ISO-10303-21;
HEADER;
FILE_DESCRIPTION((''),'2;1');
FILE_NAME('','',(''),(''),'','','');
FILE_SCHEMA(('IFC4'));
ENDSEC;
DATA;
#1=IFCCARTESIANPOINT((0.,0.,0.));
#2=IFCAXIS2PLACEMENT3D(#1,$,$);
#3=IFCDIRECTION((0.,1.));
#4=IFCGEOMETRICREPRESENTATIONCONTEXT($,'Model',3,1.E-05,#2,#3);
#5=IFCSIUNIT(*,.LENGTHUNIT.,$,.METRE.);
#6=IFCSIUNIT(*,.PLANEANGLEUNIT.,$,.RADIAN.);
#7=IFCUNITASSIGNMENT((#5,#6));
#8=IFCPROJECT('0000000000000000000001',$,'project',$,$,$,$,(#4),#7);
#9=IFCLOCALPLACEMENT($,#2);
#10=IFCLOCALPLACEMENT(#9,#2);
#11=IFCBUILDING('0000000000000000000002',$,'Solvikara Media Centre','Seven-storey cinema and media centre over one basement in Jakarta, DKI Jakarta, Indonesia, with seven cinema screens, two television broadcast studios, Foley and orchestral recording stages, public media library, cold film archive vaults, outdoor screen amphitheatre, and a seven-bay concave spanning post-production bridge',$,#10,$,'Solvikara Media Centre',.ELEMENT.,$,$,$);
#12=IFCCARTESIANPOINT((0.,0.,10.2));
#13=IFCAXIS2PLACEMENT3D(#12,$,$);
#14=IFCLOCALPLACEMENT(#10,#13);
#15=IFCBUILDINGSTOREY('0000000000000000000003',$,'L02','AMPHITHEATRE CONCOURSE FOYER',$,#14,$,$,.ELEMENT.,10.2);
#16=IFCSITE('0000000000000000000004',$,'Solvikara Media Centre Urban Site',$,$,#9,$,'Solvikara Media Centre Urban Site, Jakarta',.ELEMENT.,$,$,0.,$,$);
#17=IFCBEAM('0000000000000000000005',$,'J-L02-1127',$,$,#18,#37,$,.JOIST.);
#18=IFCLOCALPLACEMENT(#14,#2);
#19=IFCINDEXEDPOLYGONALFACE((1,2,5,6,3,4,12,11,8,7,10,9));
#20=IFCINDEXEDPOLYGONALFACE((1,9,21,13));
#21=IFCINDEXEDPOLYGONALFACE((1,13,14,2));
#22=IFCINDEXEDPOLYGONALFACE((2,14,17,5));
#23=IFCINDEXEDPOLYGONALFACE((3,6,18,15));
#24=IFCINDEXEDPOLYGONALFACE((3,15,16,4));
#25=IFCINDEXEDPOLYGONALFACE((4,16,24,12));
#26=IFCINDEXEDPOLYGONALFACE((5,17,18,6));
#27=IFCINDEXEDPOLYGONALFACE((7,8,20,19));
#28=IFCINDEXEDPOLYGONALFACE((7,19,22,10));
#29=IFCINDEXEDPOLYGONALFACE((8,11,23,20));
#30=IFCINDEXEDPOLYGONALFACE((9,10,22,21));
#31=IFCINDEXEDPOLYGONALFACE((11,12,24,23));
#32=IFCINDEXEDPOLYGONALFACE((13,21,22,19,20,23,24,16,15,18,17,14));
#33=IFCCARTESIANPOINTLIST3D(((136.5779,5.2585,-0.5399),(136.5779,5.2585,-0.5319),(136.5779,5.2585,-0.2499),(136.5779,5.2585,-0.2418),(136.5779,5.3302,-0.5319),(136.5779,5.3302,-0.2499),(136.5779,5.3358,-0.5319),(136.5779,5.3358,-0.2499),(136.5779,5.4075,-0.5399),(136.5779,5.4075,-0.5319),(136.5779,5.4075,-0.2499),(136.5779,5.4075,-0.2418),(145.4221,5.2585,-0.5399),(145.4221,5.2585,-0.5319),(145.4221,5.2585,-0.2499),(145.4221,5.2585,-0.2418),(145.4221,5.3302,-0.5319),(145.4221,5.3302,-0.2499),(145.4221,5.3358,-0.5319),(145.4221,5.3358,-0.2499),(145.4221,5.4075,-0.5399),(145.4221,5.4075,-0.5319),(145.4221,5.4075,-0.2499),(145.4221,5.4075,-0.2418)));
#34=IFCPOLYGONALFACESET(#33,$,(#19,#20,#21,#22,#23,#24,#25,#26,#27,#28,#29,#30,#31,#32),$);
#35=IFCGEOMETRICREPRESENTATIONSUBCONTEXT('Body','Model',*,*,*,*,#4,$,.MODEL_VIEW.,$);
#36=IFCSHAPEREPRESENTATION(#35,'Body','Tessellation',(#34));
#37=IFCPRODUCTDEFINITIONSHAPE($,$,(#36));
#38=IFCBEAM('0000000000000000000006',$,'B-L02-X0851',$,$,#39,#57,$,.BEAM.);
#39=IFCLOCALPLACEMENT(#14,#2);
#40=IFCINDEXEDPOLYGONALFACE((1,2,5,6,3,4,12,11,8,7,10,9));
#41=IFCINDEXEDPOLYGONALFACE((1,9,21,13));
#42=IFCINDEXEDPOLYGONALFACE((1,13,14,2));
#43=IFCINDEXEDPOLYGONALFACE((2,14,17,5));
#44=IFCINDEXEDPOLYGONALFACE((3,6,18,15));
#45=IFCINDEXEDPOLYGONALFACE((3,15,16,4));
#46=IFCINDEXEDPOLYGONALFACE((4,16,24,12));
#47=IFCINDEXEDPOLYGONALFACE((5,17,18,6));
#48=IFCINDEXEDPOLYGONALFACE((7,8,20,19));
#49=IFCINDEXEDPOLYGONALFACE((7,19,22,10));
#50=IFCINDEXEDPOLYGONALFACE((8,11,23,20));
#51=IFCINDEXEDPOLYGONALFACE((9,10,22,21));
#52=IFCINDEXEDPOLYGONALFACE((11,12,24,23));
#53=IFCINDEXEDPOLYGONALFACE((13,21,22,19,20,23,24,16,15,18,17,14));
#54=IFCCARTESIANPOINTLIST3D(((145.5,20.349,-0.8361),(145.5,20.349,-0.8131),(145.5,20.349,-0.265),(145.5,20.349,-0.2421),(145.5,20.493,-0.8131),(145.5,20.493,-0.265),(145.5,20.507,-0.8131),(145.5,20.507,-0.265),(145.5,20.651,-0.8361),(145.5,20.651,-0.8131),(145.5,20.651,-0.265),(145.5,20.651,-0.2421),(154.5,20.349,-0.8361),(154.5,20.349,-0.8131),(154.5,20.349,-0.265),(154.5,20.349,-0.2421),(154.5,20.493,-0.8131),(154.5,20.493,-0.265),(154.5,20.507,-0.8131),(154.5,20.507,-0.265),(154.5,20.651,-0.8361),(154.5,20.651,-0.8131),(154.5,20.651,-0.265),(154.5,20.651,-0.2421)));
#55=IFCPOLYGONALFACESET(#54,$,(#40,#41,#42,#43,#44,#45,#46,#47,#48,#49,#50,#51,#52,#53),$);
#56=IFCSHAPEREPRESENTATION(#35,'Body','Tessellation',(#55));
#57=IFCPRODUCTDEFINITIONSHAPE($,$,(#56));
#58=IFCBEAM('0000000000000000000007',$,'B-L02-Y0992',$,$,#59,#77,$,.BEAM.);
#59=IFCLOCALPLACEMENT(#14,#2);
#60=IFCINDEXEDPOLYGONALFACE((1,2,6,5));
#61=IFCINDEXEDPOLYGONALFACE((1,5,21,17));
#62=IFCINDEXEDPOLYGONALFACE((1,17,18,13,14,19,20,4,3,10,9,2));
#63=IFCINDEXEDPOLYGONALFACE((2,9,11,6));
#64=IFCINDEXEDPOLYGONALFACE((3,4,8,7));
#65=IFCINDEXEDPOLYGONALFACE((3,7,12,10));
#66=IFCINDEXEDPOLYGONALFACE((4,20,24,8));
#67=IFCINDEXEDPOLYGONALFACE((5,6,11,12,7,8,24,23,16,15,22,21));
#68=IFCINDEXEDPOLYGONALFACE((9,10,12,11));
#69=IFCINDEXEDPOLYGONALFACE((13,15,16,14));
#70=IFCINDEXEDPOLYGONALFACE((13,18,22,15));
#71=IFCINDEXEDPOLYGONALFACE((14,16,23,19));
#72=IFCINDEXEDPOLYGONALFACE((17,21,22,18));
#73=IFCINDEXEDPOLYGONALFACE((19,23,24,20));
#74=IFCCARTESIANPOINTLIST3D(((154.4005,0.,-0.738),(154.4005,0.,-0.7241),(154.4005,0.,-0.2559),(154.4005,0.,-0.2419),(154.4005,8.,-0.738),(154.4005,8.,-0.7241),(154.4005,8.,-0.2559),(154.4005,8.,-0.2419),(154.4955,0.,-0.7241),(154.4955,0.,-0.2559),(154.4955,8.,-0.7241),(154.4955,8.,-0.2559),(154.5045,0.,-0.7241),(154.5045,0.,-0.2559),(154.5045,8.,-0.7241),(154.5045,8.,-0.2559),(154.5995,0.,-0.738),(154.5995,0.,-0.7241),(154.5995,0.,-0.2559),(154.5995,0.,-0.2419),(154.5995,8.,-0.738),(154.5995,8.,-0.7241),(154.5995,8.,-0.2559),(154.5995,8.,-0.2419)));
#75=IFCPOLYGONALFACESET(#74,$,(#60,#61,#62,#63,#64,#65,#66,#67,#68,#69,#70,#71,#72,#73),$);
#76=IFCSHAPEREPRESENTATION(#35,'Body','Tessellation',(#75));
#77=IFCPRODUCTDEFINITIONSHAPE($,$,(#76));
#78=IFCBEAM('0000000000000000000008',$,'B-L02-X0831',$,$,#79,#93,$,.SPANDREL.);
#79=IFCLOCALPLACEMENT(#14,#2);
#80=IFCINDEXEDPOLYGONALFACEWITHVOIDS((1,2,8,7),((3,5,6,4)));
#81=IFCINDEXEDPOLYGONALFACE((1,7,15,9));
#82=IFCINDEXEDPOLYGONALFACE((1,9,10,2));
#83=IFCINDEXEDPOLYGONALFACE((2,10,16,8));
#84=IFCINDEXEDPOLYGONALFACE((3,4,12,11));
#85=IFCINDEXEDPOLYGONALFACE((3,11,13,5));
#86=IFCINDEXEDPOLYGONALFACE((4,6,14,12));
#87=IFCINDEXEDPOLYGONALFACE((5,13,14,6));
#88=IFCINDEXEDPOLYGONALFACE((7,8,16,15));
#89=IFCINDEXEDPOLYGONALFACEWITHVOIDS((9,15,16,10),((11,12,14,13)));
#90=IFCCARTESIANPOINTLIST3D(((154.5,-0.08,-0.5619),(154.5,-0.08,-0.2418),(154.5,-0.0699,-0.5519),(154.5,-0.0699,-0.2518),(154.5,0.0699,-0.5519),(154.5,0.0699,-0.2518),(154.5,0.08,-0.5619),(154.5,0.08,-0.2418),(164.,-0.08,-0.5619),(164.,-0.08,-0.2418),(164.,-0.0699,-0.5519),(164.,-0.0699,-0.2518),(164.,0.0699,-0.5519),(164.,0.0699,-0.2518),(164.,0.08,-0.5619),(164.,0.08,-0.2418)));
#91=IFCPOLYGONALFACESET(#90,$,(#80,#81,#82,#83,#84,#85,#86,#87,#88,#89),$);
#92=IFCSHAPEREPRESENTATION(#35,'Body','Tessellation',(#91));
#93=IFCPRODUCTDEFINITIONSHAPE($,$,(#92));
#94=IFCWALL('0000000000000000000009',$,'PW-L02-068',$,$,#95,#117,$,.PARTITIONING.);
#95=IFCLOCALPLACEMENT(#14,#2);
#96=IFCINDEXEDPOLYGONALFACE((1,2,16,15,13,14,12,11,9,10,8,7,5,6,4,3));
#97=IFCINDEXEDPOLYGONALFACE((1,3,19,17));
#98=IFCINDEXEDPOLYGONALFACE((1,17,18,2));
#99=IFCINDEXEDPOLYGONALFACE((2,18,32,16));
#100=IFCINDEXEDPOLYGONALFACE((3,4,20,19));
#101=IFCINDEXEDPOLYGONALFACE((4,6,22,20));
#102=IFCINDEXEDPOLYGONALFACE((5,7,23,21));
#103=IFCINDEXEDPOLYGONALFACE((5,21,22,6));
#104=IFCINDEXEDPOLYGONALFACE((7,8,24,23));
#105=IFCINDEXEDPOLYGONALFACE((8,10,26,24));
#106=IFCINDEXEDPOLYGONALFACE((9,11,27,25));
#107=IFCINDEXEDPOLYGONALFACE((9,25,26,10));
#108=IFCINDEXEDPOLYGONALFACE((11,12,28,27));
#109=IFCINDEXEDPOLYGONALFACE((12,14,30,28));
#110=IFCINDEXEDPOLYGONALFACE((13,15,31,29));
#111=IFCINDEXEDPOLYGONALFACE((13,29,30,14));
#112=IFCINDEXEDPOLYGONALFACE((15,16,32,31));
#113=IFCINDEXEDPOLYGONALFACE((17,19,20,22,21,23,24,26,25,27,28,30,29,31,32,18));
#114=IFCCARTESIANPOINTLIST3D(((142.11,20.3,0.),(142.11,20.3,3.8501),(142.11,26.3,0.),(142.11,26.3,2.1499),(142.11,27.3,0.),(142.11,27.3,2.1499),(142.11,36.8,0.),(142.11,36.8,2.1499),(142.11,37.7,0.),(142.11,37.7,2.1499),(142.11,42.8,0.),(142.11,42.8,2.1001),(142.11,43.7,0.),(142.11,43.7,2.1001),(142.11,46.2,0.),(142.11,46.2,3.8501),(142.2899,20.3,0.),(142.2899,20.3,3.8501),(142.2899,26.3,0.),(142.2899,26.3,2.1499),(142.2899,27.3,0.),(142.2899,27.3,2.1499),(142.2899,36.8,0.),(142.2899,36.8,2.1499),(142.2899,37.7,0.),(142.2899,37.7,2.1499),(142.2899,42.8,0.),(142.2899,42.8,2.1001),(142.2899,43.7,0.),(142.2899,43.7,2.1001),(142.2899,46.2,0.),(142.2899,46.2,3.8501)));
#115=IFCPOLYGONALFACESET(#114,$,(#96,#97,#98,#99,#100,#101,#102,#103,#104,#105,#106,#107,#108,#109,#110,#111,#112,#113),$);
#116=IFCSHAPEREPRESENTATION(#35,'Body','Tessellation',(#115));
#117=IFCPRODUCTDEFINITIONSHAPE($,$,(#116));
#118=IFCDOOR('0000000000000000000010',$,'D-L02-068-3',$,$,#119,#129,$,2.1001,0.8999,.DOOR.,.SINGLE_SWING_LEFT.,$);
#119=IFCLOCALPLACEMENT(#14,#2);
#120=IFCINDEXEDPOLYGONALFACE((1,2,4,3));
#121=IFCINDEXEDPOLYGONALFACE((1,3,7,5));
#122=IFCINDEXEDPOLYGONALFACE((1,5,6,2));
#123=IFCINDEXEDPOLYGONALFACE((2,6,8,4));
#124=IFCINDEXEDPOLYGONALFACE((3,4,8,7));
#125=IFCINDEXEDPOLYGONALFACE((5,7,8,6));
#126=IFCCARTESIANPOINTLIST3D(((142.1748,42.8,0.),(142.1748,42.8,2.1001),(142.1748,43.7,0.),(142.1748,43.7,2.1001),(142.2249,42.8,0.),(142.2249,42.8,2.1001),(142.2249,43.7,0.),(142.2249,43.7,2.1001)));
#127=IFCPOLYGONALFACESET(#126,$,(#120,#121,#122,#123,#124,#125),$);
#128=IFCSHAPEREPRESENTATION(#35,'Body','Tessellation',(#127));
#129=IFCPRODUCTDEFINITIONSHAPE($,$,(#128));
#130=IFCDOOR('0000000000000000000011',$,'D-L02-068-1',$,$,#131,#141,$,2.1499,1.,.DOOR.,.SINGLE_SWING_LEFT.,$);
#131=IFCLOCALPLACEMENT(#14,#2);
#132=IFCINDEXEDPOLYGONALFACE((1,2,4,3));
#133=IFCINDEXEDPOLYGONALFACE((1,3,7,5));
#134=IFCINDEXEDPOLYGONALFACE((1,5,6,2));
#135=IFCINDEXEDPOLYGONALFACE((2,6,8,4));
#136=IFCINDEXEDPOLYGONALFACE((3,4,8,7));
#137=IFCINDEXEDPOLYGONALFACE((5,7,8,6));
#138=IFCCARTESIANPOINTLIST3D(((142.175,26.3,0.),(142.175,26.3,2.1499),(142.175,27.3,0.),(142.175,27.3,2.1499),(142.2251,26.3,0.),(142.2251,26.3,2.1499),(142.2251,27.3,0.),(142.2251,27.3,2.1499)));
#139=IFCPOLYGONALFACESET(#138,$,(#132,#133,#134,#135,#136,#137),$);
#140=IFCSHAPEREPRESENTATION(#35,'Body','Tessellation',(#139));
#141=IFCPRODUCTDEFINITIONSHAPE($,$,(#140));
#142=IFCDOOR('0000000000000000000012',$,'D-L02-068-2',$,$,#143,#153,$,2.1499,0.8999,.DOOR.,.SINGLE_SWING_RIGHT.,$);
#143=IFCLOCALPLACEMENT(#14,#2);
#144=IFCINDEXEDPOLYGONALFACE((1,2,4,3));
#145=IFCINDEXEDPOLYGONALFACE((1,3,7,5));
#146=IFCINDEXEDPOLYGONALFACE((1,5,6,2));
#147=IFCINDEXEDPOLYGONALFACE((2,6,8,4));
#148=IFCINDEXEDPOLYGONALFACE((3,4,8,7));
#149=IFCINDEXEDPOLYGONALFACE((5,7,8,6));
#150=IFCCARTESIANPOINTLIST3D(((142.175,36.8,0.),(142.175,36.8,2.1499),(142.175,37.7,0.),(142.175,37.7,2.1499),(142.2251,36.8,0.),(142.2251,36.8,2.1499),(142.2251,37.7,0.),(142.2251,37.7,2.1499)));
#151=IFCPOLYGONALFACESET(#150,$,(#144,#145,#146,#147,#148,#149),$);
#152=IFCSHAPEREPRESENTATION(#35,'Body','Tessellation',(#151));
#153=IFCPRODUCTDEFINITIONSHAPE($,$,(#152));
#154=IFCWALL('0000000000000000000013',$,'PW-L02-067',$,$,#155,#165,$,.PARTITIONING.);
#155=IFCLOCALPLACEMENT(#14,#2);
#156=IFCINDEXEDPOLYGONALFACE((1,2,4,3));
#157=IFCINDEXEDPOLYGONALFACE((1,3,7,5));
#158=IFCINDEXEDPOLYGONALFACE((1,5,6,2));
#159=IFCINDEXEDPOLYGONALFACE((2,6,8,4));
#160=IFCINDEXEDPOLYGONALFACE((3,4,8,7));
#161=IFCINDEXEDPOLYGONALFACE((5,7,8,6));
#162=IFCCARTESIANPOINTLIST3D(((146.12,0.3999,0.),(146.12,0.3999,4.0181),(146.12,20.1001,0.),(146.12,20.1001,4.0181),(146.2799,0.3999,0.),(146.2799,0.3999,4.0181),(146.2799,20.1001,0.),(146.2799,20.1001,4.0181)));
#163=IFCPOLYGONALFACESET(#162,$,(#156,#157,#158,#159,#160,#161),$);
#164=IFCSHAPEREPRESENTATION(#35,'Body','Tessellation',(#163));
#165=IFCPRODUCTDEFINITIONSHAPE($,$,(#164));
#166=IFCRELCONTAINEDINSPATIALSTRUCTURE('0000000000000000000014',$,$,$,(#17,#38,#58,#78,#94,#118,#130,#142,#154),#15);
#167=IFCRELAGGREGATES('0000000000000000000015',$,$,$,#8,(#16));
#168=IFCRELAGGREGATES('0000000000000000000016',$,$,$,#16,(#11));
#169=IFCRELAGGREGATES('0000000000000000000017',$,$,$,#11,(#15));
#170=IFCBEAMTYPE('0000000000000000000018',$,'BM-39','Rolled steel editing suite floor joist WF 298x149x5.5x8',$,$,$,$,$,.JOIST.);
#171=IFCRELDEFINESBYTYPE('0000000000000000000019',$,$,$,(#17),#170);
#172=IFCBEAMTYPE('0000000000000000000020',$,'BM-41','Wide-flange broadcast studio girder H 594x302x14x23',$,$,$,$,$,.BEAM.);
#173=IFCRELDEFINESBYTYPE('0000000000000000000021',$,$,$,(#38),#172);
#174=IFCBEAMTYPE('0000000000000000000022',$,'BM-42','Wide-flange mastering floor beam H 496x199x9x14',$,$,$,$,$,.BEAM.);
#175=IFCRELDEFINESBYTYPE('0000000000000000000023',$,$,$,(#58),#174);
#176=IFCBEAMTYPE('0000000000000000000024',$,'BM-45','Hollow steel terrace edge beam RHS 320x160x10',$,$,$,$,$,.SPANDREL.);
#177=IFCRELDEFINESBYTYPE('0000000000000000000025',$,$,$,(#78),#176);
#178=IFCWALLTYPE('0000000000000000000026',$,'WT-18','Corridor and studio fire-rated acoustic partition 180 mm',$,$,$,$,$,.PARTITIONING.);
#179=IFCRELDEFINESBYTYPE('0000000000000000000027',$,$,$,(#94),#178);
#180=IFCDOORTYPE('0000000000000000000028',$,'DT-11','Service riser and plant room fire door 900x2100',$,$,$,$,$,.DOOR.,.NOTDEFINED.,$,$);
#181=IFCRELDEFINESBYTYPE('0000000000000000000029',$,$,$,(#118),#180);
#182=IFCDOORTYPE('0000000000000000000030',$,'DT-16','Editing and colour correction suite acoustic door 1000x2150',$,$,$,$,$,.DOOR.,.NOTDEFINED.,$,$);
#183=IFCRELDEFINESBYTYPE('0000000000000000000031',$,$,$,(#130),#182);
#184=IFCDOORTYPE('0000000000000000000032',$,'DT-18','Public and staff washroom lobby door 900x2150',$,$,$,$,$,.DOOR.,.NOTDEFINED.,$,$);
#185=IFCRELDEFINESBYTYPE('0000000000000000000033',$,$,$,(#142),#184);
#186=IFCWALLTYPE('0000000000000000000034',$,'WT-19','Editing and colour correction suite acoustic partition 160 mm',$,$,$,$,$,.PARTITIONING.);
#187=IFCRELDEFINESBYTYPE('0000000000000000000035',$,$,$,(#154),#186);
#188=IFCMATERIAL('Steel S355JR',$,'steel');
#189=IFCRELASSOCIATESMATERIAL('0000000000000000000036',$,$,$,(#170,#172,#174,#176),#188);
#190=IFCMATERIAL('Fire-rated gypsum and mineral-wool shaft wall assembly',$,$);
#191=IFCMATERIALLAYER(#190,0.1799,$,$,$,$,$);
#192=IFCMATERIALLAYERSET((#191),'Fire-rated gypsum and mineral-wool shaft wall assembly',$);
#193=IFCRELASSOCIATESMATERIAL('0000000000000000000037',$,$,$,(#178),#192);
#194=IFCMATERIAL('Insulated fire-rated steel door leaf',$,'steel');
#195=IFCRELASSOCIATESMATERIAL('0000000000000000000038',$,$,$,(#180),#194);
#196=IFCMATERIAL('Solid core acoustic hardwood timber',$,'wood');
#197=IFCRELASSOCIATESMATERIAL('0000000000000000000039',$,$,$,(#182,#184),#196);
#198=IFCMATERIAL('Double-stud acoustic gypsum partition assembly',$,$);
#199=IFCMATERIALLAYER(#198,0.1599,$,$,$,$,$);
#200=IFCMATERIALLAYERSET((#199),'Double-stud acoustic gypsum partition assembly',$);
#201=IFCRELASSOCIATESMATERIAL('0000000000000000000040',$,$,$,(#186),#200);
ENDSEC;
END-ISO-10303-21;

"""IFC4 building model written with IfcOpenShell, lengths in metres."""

from ifc_helpers import new_model, si_unit, direction, frame, frame_2d, origin, origin_2d, place, context, subcontext, project, spatial, rectangle, hollow_rectangle, i_section, extrude, material, layer, layer_set, material_profile, profile_set, type_object, element, fill, save


model = new_model("IFC4")

# Units and contexts
model_context = context("Model", 3, precision=1e-05, world=origin(), true_north=direction((0.0, 1.0)))
body_context = subcontext(model_context, "Body", "Model", "MODEL_VIEW")
ifc_project = project(units=[si_unit("LENGTHUNIT", "METRE"), si_unit("PLANEANGLEUNIT", "RADIAN")], contexts=[model_context])

# Site, building, storey
site_placement = place(None, origin())
site = spatial("IfcSite", under=ifc_project, at=site_placement, Name="Solvikara Media Centre Urban Site", LongName="Solvikara Media Centre Urban Site, Jakarta", CompositionType="ELEMENT", RefElevation=0.0)
building_placement = place(site_placement, origin())
building = spatial("IfcBuilding", under=site, at=building_placement, Name="Solvikara Media Centre", Description="Seven-storey cinema and media centre over one basement in Jakarta, DKI Jakarta, Indonesia, with seven cinema screens, two television broadcast studios, Foley and orchestral recording stages, public media library, cold film archive vaults, outdoor screen amphitheatre, and a seven-bay concave spanning post-production bridge", LongName="Solvikara Media Centre", CompositionType="ELEMENT")
storey_placement = place(building_placement, frame((0.0, 0.0, 10.2)))
storey = spatial("IfcBuildingStorey", under=building, at=storey_placement, Name="L02", Description="AMPHITHEATRE CONCOURSE FOYER", CompositionType="ELEMENT", Elevation=10.2)

# Shared definitions
ifc_material_1 = material(Name="Steel S355JR", Category="steel")

# Beams
ifc_material_profile_1 = material_profile(ifc_material_1, i_section(OverallWidth=0.1489, OverallDepth=0.2981, WebThickness=0.0056, FlangeThickness=0.0081, at=origin_2d()), Name="WF 298x149x5.5x8")
ifc_profile_set_1 = profile_set([ifc_material_profile_1], Name="Steel S355JR")
beam_type_1 = type_object("IfcBeamType", Name="BM-39", Description="Rolled steel editing suite floor joist WF 298x149x5.5x8", PredefinedType="JOIST", material=ifc_profile_set_1)
beam_1_placement = place(storey_placement, frame((136.5779, 5.333, -0.3909), z_axis=(1.0, 0.0, 0.0), x_axis=(0.0, 1.0, 0.0)))
element("IfcBeam", 1, at=beam_1_placement, inside=storey, type_object=beam_type_1, Name="J-L02-1127", PredefinedType="JOIST", context=body_context, shape_type="SweptSolid", body=[
    extrude(i_section(OverallWidth=0.1489, OverallDepth=0.2981, WebThickness=0.0056, FlangeThickness=0.0081, at=origin_2d()), origin(), (0.0, 0.0, 1.0), 8.8442),
])
ifc_material_profile_2 = material_profile(ifc_material_1, i_section(OverallWidth=0.302, OverallDepth=0.594, WebThickness=0.0139, FlangeThickness=0.0229, at=origin_2d()), Name="H 594x302x14x23")
ifc_profile_set_2 = profile_set([ifc_material_profile_2], Name="Steel S355JR")
beam_type_2 = type_object("IfcBeamType", Name="BM-41", Description="Wide-flange broadcast studio girder H 594x302x14x23", PredefinedType="BEAM", material=ifc_profile_set_2)
beam_2_placement = place(storey_placement, frame((145.5, 20.5, -0.5391), z_axis=(1.0, 0.0, 0.0), x_axis=(0.0, 1.0, 0.0)))
element("IfcBeam", 2, at=beam_2_placement, inside=storey, type_object=beam_type_2, Name="B-L02-X0851", PredefinedType="BEAM", context=body_context, shape_type="SweptSolid", body=[
    extrude(i_section(OverallWidth=0.302, OverallDepth=0.594, WebThickness=0.0139, FlangeThickness=0.0229, at=origin_2d()), origin(), (0.0, 0.0, 1.0), 9.0),
])
ifc_material_profile_3 = material_profile(ifc_material_1, i_section(OverallWidth=0.199, OverallDepth=0.4961, WebThickness=0.009, FlangeThickness=0.0139, at=origin_2d()), Name="H 496x199x9x14")
ifc_profile_set_3 = profile_set([ifc_material_profile_3], Name="Steel S355JR")
beam_type_3 = type_object("IfcBeamType", Name="BM-42", Description="Wide-flange mastering floor beam H 496x199x9x14", PredefinedType="BEAM", material=ifc_profile_set_3)
beam_3_placement = place(storey_placement, frame((154.5, 0.0, -0.49), z_axis=(0.0, 1.0, 0.0), x_axis=(-1.0, 0.0, 0.0)))
element("IfcBeam", 3, at=beam_3_placement, inside=storey, type_object=beam_type_3, Name="B-L02-Y0992", PredefinedType="BEAM", context=body_context, shape_type="SweptSolid", body=[
    extrude(i_section(OverallWidth=0.199, OverallDepth=0.4961, WebThickness=0.009, FlangeThickness=0.0139, at=origin_2d()), origin(), (0.0, 0.0, 1.0), 8.0),
])
ifc_material_profile_4 = material_profile(ifc_material_1, hollow_rectangle(XDim=0.1599, YDim=0.3201, WallThickness=0.01, at=origin_2d()), Name="RHS 320x160x10")
ifc_profile_set_4 = profile_set([ifc_material_profile_4], Name="Steel S355JR")
beam_type_4 = type_object("IfcBeamType", Name="BM-45", Description="Hollow steel terrace edge beam RHS 320x160x10", PredefinedType="SPANDREL", material=ifc_profile_set_4)
beam_4_placement = place(storey_placement, frame((154.5, 0.0, -0.4019), z_axis=(1.0, 0.0, 0.0), x_axis=(0.0, 1.0, 0.0)))
element("IfcBeam", 4, at=beam_4_placement, inside=storey, type_object=beam_type_4, Name="B-L02-X0831", PredefinedType="SPANDREL", context=body_context, shape_type="SweptSolid", body=[
    extrude(hollow_rectangle(XDim=0.1599, YDim=0.3201, WallThickness=0.01, at=origin_2d()), origin(), (0.0, 0.0, 1.0), 9.5),
])

# Wall, openings, doors
ifc_material_2 = material(Name="Fire-rated gypsum and mineral-wool shaft wall assembly")
ifc_layer_1 = layer(ifc_material_2, 0.1799)
ifc_layer_set_1 = layer_set([ifc_layer_1], Name="Fire-rated gypsum and mineral-wool shaft wall assembly")
wall_type_1 = type_object("IfcWallType", Name="WT-18", Description="Corridor and studio fire-rated acoustic partition 180 mm", PredefinedType="PARTITIONING", material=ifc_layer_set_1)
wall_1_placement = place(storey_placement, frame((142.2, 20.3, 0.0), z_axis=(0.0, 0.0, 1.0), x_axis=(0.0, 1.0, 0.0)))
wall_1 = element("IfcWall", 5, at=wall_1_placement, inside=storey, type_object=wall_type_1, Name="PW-L02-068", PredefinedType="PARTITIONING", context=body_context, shape_type="SweptSolid", body=[
    extrude(rectangle(XDim=25.8999, YDim=0.1799, at=frame_2d((12.95, 0.0))), origin(), (0.0, 0.0, 1.0), 3.8501),
])
opening_1_placement = place(wall_1_placement, frame((6.0, 0.0, 0.0)))
opening_1 = element("IfcOpeningElement", 6, at=opening_1_placement, cuts=wall_1, PredefinedType="OPENING", context=body_context, shape_type="SweptSolid", body=[
    extrude(rectangle(XDim=1.0, YDim=2.1499, at=frame_2d((0.5, 1.075))), frame((0.0, 0.1021, 0.0), z_axis=(0.0, -1.0, 0.0), x_axis=(1.0, 0.0, 0.0)), (0.0, 0.0, 1.0), 0.2039),
])
opening_2_placement = place(wall_1_placement, frame((16.5, 0.0, 0.0)))
opening_2 = element("IfcOpeningElement", 7, at=opening_2_placement, cuts=wall_1, PredefinedType="OPENING", context=body_context, shape_type="SweptSolid", body=[
    extrude(rectangle(XDim=0.8999, YDim=2.1499, at=frame_2d((0.45, 1.075))), frame((0.0, 0.1021, 0.0), z_axis=(0.0, -1.0, 0.0), x_axis=(1.0, 0.0, 0.0)), (0.0, 0.0, 1.0), 0.2039),
])
opening_3_placement = place(wall_1_placement, frame((22.5, 0.0, 0.0)))
opening_3 = element("IfcOpeningElement", 8, at=opening_3_placement, cuts=wall_1, PredefinedType="OPENING", context=body_context, shape_type="SweptSolid", body=[
    extrude(rectangle(XDim=0.8999, YDim=2.1001, at=frame_2d((0.45, 1.05))), frame((0.0, 0.1021, 0.0), z_axis=(0.0, -1.0, 0.0), x_axis=(1.0, 0.0, 0.0)), (0.0, 0.0, 1.0), 0.2039),
])
ifc_material_3 = material(Name="Insulated fire-rated steel door leaf", Category="steel")
door_type_1 = type_object("IfcDoorType", Name="DT-11", Description="Service riser and plant room fire door 900x2100", OperationType="NOTDEFINED", PredefinedType="DOOR", material=ifc_material_3)
door_1_placement = place(opening_3_placement, frame((0.8999, 0.0, 0.0), z_axis=(0.0, 0.0, 1.0), x_axis=(-1.0, 0.0, 0.0)))
door_1 = element("IfcDoor", 9, at=door_1_placement, inside=storey, type_object=door_type_1, Name="D-L02-068-3", OperationType="SINGLE_SWING_LEFT", OverallHeight=2.1001, OverallWidth=0.8999, PredefinedType="DOOR", context=body_context, shape_type="SweptSolid", body=[
    extrude(rectangle(XDim=0.8999, YDim=2.1001, at=frame_2d((0.45, 1.05))), frame((0.0, 0.0249, 0.0), z_axis=(0.0, -1.0, 0.0), x_axis=(1.0, 0.0, 0.0)), (0.0, 0.0, 1.0), 0.05),
])
fill(opening_3, door_1)
ifc_material_4 = material(Name="Solid core acoustic hardwood timber", Category="wood")
door_type_2 = type_object("IfcDoorType", Name="DT-16", Description="Editing and colour correction suite acoustic door 1000x2150", OperationType="NOTDEFINED", PredefinedType="DOOR", material=ifc_material_4)
door_2_placement = place(opening_1_placement, origin())
door_2 = element("IfcDoor", 10, at=door_2_placement, inside=storey, type_object=door_type_2, Name="D-L02-068-1", OperationType="SINGLE_SWING_LEFT", OverallHeight=2.1499, OverallWidth=1.0, PredefinedType="DOOR", context=body_context, shape_type="SweptSolid", body=[
    extrude(rectangle(XDim=1.0, YDim=2.1499, at=frame_2d((0.5, 1.075))), frame((0.0, 0.0249, 0.0), z_axis=(0.0, -1.0, 0.0), x_axis=(1.0, 0.0, 0.0)), (0.0, 0.0, 1.0), 0.05),
])
fill(opening_1, door_2)
door_type_3 = type_object("IfcDoorType", Name="DT-18", Description="Public and staff washroom lobby door 900x2150", OperationType="NOTDEFINED", PredefinedType="DOOR", material=ifc_material_4)
door_3_placement = place(opening_2_placement, origin())
door_3 = element("IfcDoor", 11, at=door_3_placement, inside=storey, type_object=door_type_3, Name="D-L02-068-2", OperationType="SINGLE_SWING_RIGHT", OverallHeight=2.1499, OverallWidth=0.8999, PredefinedType="DOOR", context=body_context, shape_type="SweptSolid", body=[
    extrude(rectangle(XDim=0.8999, YDim=2.1499, at=frame_2d((0.45, 1.075))), frame((0.0, 0.0249, 0.0), z_axis=(0.0, -1.0, 0.0), x_axis=(1.0, 0.0, 0.0)), (0.0, 0.0, 1.0), 0.05),
])
fill(opening_2, door_3)

# Wall
ifc_material_5 = material(Name="Double-stud acoustic gypsum partition assembly")
ifc_layer_2 = layer(ifc_material_5, 0.1599)
ifc_layer_set_2 = layer_set([ifc_layer_2], Name="Double-stud acoustic gypsum partition assembly")
wall_type_2 = type_object("IfcWallType", Name="WT-19", Description="Editing and colour correction suite acoustic partition 160 mm", PredefinedType="PARTITIONING", material=ifc_layer_set_2)
wall_2_placement = place(storey_placement, frame((146.2, 0.3999, 0.0), z_axis=(0.0, 0.0, 1.0), x_axis=(0.0, 1.0, 0.0)))
element("IfcWall", 12, at=wall_2_placement, inside=storey, type_object=wall_type_2, Name="PW-L02-067", PredefinedType="PARTITIONING", context=body_context, shape_type="SweptSolid", body=[
    extrude(rectangle(XDim=19.7002, YDim=0.1599, at=frame_2d((9.8501, 0.0))), origin(), (0.0, 0.0, 1.0), 4.0181),
])

save(model, "model.ifc")
